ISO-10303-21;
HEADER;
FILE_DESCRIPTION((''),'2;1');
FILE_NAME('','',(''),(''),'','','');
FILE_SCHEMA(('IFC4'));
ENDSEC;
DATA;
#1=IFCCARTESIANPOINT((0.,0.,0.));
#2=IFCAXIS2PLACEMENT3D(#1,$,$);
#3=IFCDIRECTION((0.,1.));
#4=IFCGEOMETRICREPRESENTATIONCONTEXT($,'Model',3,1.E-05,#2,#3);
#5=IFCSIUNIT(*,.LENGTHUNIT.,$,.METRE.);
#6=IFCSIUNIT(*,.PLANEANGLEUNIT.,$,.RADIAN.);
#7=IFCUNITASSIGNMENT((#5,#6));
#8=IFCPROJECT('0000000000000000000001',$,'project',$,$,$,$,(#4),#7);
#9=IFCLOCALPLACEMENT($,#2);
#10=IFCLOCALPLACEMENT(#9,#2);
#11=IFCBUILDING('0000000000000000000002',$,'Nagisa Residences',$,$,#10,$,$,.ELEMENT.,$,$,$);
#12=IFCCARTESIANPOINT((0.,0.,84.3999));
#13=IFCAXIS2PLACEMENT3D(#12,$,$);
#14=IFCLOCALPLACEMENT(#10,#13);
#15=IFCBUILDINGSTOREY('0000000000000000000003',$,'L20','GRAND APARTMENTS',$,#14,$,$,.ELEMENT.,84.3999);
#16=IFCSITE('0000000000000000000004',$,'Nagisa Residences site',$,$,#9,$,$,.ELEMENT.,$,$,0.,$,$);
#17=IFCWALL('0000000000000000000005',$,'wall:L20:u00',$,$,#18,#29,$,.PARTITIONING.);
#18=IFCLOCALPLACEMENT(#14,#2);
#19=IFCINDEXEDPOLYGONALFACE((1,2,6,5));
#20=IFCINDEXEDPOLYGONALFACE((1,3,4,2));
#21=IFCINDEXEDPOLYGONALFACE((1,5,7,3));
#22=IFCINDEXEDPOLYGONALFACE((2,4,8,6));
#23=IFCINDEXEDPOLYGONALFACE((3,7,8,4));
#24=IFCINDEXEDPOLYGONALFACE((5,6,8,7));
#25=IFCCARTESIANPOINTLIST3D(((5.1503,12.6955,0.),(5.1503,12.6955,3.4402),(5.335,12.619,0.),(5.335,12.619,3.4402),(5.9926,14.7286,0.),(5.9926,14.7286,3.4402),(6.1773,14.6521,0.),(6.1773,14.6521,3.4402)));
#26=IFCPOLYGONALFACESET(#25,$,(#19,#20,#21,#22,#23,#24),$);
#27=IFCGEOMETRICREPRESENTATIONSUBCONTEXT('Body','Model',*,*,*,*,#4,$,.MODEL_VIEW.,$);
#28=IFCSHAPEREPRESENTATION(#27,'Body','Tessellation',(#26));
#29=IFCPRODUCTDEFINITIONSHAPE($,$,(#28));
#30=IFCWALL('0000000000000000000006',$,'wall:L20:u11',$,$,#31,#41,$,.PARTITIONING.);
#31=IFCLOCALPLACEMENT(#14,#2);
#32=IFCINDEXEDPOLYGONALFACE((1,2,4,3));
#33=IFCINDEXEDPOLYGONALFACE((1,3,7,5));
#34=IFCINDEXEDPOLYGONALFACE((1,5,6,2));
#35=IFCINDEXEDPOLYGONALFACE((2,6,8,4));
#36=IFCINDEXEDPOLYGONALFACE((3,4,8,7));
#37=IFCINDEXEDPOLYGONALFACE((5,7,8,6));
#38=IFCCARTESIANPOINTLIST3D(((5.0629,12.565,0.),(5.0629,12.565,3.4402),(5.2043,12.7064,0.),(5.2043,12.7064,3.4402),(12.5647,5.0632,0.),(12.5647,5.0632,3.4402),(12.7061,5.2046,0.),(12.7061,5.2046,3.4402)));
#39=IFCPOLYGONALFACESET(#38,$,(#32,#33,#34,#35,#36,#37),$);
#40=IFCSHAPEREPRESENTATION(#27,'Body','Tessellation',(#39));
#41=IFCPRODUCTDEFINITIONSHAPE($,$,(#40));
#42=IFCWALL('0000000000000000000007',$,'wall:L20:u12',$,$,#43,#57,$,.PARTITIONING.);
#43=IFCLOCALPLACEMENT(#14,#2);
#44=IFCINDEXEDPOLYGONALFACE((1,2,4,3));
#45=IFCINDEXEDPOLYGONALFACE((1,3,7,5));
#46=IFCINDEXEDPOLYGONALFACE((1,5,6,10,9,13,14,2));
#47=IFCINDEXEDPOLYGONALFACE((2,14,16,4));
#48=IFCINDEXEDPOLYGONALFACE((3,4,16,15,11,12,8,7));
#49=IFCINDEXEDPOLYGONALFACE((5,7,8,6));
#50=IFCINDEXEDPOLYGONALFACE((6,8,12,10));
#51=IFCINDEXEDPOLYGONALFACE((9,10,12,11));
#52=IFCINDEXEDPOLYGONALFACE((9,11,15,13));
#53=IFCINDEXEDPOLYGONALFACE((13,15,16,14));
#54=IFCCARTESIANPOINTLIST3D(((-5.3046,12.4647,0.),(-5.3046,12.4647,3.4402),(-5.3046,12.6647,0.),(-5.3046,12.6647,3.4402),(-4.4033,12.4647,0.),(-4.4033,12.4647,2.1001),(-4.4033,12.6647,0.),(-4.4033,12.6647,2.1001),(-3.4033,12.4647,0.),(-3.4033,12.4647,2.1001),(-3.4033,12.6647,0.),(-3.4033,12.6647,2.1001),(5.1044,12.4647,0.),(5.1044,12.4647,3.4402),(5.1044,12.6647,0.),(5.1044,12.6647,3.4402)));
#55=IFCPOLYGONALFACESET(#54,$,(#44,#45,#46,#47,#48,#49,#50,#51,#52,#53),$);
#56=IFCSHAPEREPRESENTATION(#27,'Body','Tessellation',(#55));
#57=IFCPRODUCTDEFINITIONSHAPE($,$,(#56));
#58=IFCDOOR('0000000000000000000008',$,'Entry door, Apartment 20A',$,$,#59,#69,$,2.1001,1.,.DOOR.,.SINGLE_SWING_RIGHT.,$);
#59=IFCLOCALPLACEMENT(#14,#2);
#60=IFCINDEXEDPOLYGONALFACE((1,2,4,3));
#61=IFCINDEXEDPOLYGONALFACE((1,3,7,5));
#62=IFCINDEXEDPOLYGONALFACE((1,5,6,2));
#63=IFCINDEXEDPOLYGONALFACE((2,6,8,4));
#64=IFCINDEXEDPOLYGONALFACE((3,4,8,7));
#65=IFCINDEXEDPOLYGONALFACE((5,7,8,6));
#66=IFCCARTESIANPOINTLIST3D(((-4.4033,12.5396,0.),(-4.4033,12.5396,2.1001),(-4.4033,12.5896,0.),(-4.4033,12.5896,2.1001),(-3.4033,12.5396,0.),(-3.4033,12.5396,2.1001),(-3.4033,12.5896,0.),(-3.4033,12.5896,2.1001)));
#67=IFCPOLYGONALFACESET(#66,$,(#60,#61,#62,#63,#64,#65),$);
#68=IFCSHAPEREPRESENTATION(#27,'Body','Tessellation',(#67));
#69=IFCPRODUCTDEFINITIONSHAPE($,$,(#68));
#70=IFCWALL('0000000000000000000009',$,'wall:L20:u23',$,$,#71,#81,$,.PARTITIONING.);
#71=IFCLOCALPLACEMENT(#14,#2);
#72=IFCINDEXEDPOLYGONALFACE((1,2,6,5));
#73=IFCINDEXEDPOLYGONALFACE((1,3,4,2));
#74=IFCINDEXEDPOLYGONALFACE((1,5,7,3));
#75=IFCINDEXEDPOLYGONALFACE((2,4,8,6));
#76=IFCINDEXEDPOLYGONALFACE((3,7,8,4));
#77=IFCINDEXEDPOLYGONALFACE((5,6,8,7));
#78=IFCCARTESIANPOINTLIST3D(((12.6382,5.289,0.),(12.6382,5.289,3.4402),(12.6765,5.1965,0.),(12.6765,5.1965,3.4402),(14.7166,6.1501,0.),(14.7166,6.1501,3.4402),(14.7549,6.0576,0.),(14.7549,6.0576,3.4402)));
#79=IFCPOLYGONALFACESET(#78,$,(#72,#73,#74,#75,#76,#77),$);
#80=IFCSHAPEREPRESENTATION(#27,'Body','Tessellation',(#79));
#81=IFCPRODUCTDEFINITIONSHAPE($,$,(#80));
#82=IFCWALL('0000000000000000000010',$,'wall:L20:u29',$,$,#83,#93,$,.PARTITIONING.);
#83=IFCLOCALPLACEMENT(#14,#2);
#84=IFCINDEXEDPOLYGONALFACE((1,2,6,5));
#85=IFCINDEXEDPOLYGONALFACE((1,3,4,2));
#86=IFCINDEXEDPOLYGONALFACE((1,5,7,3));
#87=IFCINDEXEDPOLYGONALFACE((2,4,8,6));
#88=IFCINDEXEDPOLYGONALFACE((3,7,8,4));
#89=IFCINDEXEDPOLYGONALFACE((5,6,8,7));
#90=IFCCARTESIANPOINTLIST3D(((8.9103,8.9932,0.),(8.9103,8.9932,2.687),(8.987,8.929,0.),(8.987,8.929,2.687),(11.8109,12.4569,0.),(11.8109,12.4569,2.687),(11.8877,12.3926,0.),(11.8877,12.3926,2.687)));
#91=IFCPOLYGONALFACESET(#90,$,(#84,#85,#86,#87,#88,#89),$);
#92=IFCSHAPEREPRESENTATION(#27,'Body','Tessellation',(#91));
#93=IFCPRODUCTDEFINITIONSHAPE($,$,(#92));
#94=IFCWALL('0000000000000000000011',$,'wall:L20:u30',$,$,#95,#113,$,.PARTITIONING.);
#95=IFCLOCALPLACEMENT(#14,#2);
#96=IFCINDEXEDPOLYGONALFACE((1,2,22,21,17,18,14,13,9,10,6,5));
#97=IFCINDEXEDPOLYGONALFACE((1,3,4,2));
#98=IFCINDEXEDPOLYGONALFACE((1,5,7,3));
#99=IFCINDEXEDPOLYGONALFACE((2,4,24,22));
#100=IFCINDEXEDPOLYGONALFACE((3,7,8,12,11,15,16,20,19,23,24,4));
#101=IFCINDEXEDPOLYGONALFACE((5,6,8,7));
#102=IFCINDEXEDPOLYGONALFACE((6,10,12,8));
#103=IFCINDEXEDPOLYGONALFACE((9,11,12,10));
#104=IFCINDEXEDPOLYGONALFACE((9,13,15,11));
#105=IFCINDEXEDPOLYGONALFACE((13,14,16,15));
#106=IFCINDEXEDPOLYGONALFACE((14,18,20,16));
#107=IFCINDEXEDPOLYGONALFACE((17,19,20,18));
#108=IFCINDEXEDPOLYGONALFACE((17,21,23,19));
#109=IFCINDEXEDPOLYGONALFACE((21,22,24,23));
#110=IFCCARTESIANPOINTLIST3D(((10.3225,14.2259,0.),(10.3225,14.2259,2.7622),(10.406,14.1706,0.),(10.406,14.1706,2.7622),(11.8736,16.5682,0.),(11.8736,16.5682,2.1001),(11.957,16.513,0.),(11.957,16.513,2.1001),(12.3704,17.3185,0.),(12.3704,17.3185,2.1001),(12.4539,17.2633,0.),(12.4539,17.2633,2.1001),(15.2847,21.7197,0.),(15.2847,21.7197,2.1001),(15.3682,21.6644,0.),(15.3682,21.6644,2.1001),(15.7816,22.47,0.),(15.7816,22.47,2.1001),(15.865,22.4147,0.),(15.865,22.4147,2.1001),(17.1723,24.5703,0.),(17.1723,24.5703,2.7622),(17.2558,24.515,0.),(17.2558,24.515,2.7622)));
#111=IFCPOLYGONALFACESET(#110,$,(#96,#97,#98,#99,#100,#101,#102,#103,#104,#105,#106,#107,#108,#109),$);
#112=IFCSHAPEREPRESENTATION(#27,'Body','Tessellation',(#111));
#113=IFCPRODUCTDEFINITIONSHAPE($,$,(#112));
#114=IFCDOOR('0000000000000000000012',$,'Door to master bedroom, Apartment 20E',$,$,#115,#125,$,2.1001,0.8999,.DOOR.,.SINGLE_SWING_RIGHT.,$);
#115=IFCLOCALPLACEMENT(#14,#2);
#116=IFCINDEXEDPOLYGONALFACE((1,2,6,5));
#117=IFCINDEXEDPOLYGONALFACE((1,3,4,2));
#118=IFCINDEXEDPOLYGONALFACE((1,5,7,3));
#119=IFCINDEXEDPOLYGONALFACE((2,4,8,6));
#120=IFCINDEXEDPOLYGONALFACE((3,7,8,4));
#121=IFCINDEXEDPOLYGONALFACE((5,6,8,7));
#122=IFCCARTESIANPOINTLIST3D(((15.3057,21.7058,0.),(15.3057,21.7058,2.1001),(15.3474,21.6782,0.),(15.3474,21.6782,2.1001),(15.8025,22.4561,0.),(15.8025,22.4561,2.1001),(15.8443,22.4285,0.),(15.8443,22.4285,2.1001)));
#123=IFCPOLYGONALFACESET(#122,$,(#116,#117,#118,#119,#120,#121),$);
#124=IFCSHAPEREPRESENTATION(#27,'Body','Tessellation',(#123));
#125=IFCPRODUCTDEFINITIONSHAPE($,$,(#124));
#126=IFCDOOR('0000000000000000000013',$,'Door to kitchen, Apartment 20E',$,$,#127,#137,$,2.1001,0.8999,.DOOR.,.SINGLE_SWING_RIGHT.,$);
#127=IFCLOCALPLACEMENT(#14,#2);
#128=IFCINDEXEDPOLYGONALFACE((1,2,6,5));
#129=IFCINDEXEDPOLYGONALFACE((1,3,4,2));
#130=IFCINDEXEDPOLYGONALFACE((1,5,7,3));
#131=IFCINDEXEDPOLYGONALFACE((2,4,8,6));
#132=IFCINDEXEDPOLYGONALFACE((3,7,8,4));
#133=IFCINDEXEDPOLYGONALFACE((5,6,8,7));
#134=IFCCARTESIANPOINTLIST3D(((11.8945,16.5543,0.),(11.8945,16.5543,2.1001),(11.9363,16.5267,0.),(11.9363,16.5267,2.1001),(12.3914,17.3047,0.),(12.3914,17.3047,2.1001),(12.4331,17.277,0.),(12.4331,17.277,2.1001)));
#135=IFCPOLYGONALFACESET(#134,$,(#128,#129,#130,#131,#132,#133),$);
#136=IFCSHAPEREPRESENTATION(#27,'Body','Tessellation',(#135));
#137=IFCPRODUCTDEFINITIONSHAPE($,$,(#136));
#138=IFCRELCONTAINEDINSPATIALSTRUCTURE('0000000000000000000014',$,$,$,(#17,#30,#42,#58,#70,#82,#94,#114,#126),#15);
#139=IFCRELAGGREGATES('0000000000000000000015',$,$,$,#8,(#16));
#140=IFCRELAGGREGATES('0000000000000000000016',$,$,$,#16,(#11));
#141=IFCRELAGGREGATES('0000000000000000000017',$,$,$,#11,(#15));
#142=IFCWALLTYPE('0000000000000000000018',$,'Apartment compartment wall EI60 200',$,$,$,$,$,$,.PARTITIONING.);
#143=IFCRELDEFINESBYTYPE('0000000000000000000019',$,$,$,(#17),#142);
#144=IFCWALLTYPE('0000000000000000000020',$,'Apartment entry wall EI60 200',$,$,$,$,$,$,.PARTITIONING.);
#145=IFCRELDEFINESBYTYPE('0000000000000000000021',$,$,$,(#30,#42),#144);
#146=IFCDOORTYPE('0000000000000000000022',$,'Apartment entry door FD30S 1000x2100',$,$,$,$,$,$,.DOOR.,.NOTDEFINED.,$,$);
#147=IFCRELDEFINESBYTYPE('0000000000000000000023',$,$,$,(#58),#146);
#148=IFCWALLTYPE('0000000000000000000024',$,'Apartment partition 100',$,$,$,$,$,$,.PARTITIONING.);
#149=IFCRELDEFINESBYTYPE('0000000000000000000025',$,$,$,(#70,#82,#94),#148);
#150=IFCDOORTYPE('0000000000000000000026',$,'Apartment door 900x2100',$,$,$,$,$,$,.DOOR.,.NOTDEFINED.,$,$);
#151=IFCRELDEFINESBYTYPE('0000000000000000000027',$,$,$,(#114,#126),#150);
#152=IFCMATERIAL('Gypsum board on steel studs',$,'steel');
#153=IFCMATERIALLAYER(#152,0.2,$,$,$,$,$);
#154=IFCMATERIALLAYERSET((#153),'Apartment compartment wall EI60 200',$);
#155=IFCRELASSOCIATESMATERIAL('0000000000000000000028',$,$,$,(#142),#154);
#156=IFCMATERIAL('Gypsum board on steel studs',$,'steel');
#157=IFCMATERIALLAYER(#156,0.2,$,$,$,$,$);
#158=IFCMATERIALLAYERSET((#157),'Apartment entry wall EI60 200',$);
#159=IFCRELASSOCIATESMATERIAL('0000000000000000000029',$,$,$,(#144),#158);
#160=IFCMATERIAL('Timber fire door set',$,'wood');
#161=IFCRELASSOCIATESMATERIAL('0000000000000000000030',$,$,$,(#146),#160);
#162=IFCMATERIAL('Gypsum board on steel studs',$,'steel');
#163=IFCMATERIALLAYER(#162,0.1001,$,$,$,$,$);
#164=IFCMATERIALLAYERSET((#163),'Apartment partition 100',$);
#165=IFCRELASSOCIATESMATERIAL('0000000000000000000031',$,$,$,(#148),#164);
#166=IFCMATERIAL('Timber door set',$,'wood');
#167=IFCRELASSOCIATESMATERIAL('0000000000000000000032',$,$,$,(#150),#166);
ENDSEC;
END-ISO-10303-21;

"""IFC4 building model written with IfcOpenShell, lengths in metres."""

from ifc_helpers import new_model, si_unit, direction, frame, frame_2d, origin, place, context, subcontext, project, spatial, rectangle, extrude, material, layer, layer_set, type_object, element, fill, save


model = new_model("IFC4")

# Units and contexts
model_context = context("Model", 3, precision=1e-05, world=origin(), true_north=direction((0.0, 1.0)))
body_context = subcontext(model_context, "Body", "Model", "MODEL_VIEW")
ifc_project = project(units=[si_unit("LENGTHUNIT", "METRE"), si_unit("PLANEANGLEUNIT", "RADIAN")], contexts=[model_context])

# Site, building, storey
site_placement = place(None, origin())
site = spatial("IfcSite", under=ifc_project, at=site_placement, Name="Nagisa Residences site", CompositionType="ELEMENT", RefElevation=0.0)
building_placement = place(site_placement, origin())
building = spatial("IfcBuilding", under=site, at=building_placement, Name="Nagisa Residences", CompositionType="ELEMENT")
storey_placement = place(building_placement, frame((0.0, 0.0, 84.3999)))
storey = spatial("IfcBuildingStorey", under=building, at=storey_placement, Name="L20", Description="GRAND APARTMENTS", CompositionType="ELEMENT", Elevation=84.3999)

# Walls
ifc_material_1 = material(Name="Gypsum board on steel studs", Category="steel")
ifc_layer_1 = layer(ifc_material_1, 0.2)
ifc_layer_set_1 = layer_set([ifc_layer_1], Name="Apartment compartment wall EI60 200")
wall_type_1 = type_object("IfcWallType", Name="Apartment compartment wall EI60 200", PredefinedType="PARTITIONING", material=ifc_layer_set_1)
wall_1_placement = place(storey_placement, frame((5.2427, 12.6572, 0.0), z_axis=(0.0, 0.0, 1.0), x_axis=(0.382724, 0.923863, 0.0)))
element("IfcWall", 1, at=wall_1_placement, inside=storey, type_object=wall_type_1, Name="wall:L20:u00", PredefinedType="PARTITIONING", context=body_context, shape_type="SweptSolid", body=[
    extrude(rectangle(XDim=2.2007, YDim=0.2, at=frame_2d((1.1003, 0.0))), origin(), (0.0, 0.0, 1.0), 3.4402),
])
ifc_material_2 = material(Name="Gypsum board on steel studs", Category="steel")
ifc_layer_2 = layer(ifc_material_2, 0.2)
ifc_layer_set_2 = layer_set([ifc_layer_2], Name="Apartment entry wall EI60 200")
wall_type_2 = type_object("IfcWallType", Name="Apartment entry wall EI60 200", PredefinedType="PARTITIONING", material=ifc_layer_set_2)
wall_2_placement = place(storey_placement, frame((12.6355, 5.1338, 0.0), z_axis=(0.0, 0.0, 1.0), x_axis=(-0.707107, 0.707107, 0.0)))
element("IfcWall", 2, at=wall_2_placement, inside=storey, type_object=wall_type_2, Name="wall:L20:u11", PredefinedType="PARTITIONING", context=body_context, shape_type="SweptSolid", body=[
    extrude(rectangle(XDim=10.6091, YDim=0.2, at=frame_2d((5.3047, 0.0))), origin(), (0.0, 0.0, 1.0), 3.4402),
])

# Wall, opening, door
wall_3_placement = place(storey_placement, frame((5.1045, 12.5647, 0.0), z_axis=(0.0, 0.0, 1.0), x_axis=(-1.0, 0.0, 0.0)))
wall_3 = element("IfcWall", 3, at=wall_3_placement, inside=storey, type_object=wall_type_2, Name="wall:L20:u12", PredefinedType="PARTITIONING", context=body_context, shape_type="SweptSolid", body=[
    extrude(rectangle(XDim=10.4089, YDim=0.2, at=frame_2d((5.2046, 0.0))), origin(), (0.0, 0.0, 1.0), 3.4402),
])
opening_1_placement = place(wall_3_placement, frame((8.5078, 0.0, 0.0)))
opening_1 = element("IfcOpeningElement", 4, at=opening_1_placement, cuts=wall_3, PredefinedType="OPENING", context=body_context, shape_type="SweptSolid", body=[
    extrude(rectangle(XDim=1.0, YDim=2.1001, at=frame_2d((0.5, 1.05))), frame((0.0, 0.1099, 0.0), z_axis=(0.0, -1.0, 0.0), x_axis=(1.0, 0.0, 0.0)), (0.0, 0.0, 1.0), 0.22),
])
ifc_material_3 = material(Name="Timber fire door set", Category="wood")
door_type_1 = type_object("IfcDoorType", Name="Apartment entry door FD30S 1000x2100", OperationType="NOTDEFINED", PredefinedType="DOOR", material=ifc_material_3)
door_1_placement = place(opening_1_placement, frame((1.0, 0.0, 0.0), x_axis=(-1.0, 0.0, 0.0)))
door_1 = element("IfcDoor", 5, at=door_1_placement, inside=storey, type_object=door_type_1, Name="Entry door, Apartment 20A", OperationType="SINGLE_SWING_RIGHT", OverallHeight=2.1001, OverallWidth=1.0, PredefinedType="DOOR", context=body_context, shape_type="SweptSolid", body=[
    extrude(rectangle(XDim=1.0, YDim=2.1001, at=frame_2d((0.5, 1.05))), frame((0.0, 0.0249, 0.0), z_axis=(0.0, -1.0, 0.0), x_axis=(1.0, 0.0, 0.0)), (0.0, 0.0, 1.0), 0.05),
])
fill(opening_1, door_1)

# Walls
ifc_material_4 = material(Name="Gypsum board on steel studs", Category="steel")
ifc_layer_3 = layer(ifc_material_4, 0.1001)
ifc_layer_set_3 = layer_set([ifc_layer_3], Name="Apartment partition 100")
wall_type_3 = type_object("IfcWallType", Name="Apartment partition 100", PredefinedType="PARTITIONING", material=ifc_layer_set_3)
wall_4_placement = place(storey_placement, frame((12.6572, 5.2427, 0.0), z_axis=(0.0, 0.0, 1.0), x_axis=(0.923849, 0.382758, 0.0)))
element("IfcWall", 6, at=wall_4_placement, inside=storey, type_object=wall_type_3, Name="wall:L20:u23", PredefinedType="PARTITIONING", context=body_context, shape_type="SweptSolid", body=[
    extrude(rectangle(XDim=2.2498, YDim=0.1001, at=frame_2d((1.125, 0.0))), origin(), (0.0, 0.0, 1.0), 3.4402),
])
wall_5_placement = place(storey_placement, frame((8.9487, 8.9612, 0.0), z_axis=(0.0, 0.0, 1.0), x_axis=(0.642048, 0.766664, 0.0)))
element("IfcWall", 7, at=wall_5_placement, inside=storey, type_object=wall_type_3, Name="wall:L20:u29", PredefinedType="PARTITIONING", context=body_context, shape_type="SweptSolid", body=[
    extrude(rectangle(XDim=4.5178, YDim=0.1001, at=frame_2d((2.2588, 0.0))), origin(), (0.0, 0.0, 1.0), 2.687),
])

# Wall, openings, doors
wall_6_placement = place(storey_placement, frame((10.3643, 14.1982, 0.0), z_axis=(0.0, 0.0, 1.0), x_axis=(0.552105, 0.833775, 0.0)))
wall_6 = element("IfcWall", 8, at=wall_6_placement, inside=storey, type_object=wall_type_3, Name="wall:L20:u30", PredefinedType="PARTITIONING", context=body_context, shape_type="SweptSolid", body=[
    extrude(rectangle(XDim=12.4067, YDim=0.1001, at=frame_2d((6.2034, 0.0))), origin(), (0.0, 0.0, 1.0), 2.7622),
])
opening_2_placement = place(wall_6_placement, frame((8.9878, 0.0, 0.0)))
opening_2 = element("IfcOpeningElement", 9, at=opening_2_placement, cuts=wall_6, PredefinedType="OPENING", context=body_context, shape_type="SweptSolid", body=[
    extrude(rectangle(XDim=0.8999, YDim=2.1001, at=frame_2d((0.45, 1.05))), frame((0.0, 0.0601, 0.0), z_axis=(0.0, -1.0, 0.0), x_axis=(1.0, 0.0, 0.0)), (0.0, 0.0, 1.0), 0.1201),
])
opening_3_placement = place(wall_6_placement, frame((2.8093, 0.0, 0.0)))
opening_3 = element("IfcOpeningElement", 10, at=opening_3_placement, cuts=wall_6, PredefinedType="OPENING", context=body_context, shape_type="SweptSolid", body=[
    extrude(rectangle(XDim=0.8999, YDim=2.1001, at=frame_2d((0.45, 1.05))), frame((0.0, 0.0601, 0.0), z_axis=(0.0, -1.0, 0.0), x_axis=(1.0, 0.0, 0.0)), (0.0, 0.0, 1.0), 0.1201),
])
ifc_material_5 = material(Name="Timber door set", Category="wood")
door_type_2 = type_object("IfcDoorType", Name="Apartment door 900x2100", OperationType="NOTDEFINED", PredefinedType="DOOR", material=ifc_material_5)
door_2_placement = place(opening_2_placement, origin())
door_2 = element("IfcDoor", 11, at=door_2_placement, inside=storey, type_object=door_type_2, Name="Door to master bedroom, Apartment 20E", OperationType="SINGLE_SWING_RIGHT", OverallHeight=2.1001, OverallWidth=0.8999, PredefinedType="DOOR", context=body_context, shape_type="SweptSolid", body=[
    extrude(rectangle(XDim=0.8999, YDim=2.1001, at=frame_2d((0.45, 1.05))), frame((0.0, 0.0249, 0.0), z_axis=(0.0, -1.0, 0.0), x_axis=(1.0, 0.0, 0.0)), (0.0, 0.0, 1.0), 0.05),
])
fill(opening_2, door_2)
door_3_placement = place(opening_3_placement, origin())
door_3 = element("IfcDoor", 12, at=door_3_placement, inside=storey, type_object=door_type_2, Name="Door to kitchen, Apartment 20E", OperationType="SINGLE_SWING_RIGHT", OverallHeight=2.1001, OverallWidth=0.8999, PredefinedType="DOOR", context=body_context, shape_type="SweptSolid", body=[
    extrude(rectangle(XDim=0.8999, YDim=2.1001, at=frame_2d((0.45, 1.05))), frame((0.0, 0.0249, 0.0), z_axis=(0.0, -1.0, 0.0), x_axis=(1.0, 0.0, 0.0)), (0.0, 0.0, 1.0), 0.05),
])
fill(opening_3, door_3)

save(model, "model.ifc")
